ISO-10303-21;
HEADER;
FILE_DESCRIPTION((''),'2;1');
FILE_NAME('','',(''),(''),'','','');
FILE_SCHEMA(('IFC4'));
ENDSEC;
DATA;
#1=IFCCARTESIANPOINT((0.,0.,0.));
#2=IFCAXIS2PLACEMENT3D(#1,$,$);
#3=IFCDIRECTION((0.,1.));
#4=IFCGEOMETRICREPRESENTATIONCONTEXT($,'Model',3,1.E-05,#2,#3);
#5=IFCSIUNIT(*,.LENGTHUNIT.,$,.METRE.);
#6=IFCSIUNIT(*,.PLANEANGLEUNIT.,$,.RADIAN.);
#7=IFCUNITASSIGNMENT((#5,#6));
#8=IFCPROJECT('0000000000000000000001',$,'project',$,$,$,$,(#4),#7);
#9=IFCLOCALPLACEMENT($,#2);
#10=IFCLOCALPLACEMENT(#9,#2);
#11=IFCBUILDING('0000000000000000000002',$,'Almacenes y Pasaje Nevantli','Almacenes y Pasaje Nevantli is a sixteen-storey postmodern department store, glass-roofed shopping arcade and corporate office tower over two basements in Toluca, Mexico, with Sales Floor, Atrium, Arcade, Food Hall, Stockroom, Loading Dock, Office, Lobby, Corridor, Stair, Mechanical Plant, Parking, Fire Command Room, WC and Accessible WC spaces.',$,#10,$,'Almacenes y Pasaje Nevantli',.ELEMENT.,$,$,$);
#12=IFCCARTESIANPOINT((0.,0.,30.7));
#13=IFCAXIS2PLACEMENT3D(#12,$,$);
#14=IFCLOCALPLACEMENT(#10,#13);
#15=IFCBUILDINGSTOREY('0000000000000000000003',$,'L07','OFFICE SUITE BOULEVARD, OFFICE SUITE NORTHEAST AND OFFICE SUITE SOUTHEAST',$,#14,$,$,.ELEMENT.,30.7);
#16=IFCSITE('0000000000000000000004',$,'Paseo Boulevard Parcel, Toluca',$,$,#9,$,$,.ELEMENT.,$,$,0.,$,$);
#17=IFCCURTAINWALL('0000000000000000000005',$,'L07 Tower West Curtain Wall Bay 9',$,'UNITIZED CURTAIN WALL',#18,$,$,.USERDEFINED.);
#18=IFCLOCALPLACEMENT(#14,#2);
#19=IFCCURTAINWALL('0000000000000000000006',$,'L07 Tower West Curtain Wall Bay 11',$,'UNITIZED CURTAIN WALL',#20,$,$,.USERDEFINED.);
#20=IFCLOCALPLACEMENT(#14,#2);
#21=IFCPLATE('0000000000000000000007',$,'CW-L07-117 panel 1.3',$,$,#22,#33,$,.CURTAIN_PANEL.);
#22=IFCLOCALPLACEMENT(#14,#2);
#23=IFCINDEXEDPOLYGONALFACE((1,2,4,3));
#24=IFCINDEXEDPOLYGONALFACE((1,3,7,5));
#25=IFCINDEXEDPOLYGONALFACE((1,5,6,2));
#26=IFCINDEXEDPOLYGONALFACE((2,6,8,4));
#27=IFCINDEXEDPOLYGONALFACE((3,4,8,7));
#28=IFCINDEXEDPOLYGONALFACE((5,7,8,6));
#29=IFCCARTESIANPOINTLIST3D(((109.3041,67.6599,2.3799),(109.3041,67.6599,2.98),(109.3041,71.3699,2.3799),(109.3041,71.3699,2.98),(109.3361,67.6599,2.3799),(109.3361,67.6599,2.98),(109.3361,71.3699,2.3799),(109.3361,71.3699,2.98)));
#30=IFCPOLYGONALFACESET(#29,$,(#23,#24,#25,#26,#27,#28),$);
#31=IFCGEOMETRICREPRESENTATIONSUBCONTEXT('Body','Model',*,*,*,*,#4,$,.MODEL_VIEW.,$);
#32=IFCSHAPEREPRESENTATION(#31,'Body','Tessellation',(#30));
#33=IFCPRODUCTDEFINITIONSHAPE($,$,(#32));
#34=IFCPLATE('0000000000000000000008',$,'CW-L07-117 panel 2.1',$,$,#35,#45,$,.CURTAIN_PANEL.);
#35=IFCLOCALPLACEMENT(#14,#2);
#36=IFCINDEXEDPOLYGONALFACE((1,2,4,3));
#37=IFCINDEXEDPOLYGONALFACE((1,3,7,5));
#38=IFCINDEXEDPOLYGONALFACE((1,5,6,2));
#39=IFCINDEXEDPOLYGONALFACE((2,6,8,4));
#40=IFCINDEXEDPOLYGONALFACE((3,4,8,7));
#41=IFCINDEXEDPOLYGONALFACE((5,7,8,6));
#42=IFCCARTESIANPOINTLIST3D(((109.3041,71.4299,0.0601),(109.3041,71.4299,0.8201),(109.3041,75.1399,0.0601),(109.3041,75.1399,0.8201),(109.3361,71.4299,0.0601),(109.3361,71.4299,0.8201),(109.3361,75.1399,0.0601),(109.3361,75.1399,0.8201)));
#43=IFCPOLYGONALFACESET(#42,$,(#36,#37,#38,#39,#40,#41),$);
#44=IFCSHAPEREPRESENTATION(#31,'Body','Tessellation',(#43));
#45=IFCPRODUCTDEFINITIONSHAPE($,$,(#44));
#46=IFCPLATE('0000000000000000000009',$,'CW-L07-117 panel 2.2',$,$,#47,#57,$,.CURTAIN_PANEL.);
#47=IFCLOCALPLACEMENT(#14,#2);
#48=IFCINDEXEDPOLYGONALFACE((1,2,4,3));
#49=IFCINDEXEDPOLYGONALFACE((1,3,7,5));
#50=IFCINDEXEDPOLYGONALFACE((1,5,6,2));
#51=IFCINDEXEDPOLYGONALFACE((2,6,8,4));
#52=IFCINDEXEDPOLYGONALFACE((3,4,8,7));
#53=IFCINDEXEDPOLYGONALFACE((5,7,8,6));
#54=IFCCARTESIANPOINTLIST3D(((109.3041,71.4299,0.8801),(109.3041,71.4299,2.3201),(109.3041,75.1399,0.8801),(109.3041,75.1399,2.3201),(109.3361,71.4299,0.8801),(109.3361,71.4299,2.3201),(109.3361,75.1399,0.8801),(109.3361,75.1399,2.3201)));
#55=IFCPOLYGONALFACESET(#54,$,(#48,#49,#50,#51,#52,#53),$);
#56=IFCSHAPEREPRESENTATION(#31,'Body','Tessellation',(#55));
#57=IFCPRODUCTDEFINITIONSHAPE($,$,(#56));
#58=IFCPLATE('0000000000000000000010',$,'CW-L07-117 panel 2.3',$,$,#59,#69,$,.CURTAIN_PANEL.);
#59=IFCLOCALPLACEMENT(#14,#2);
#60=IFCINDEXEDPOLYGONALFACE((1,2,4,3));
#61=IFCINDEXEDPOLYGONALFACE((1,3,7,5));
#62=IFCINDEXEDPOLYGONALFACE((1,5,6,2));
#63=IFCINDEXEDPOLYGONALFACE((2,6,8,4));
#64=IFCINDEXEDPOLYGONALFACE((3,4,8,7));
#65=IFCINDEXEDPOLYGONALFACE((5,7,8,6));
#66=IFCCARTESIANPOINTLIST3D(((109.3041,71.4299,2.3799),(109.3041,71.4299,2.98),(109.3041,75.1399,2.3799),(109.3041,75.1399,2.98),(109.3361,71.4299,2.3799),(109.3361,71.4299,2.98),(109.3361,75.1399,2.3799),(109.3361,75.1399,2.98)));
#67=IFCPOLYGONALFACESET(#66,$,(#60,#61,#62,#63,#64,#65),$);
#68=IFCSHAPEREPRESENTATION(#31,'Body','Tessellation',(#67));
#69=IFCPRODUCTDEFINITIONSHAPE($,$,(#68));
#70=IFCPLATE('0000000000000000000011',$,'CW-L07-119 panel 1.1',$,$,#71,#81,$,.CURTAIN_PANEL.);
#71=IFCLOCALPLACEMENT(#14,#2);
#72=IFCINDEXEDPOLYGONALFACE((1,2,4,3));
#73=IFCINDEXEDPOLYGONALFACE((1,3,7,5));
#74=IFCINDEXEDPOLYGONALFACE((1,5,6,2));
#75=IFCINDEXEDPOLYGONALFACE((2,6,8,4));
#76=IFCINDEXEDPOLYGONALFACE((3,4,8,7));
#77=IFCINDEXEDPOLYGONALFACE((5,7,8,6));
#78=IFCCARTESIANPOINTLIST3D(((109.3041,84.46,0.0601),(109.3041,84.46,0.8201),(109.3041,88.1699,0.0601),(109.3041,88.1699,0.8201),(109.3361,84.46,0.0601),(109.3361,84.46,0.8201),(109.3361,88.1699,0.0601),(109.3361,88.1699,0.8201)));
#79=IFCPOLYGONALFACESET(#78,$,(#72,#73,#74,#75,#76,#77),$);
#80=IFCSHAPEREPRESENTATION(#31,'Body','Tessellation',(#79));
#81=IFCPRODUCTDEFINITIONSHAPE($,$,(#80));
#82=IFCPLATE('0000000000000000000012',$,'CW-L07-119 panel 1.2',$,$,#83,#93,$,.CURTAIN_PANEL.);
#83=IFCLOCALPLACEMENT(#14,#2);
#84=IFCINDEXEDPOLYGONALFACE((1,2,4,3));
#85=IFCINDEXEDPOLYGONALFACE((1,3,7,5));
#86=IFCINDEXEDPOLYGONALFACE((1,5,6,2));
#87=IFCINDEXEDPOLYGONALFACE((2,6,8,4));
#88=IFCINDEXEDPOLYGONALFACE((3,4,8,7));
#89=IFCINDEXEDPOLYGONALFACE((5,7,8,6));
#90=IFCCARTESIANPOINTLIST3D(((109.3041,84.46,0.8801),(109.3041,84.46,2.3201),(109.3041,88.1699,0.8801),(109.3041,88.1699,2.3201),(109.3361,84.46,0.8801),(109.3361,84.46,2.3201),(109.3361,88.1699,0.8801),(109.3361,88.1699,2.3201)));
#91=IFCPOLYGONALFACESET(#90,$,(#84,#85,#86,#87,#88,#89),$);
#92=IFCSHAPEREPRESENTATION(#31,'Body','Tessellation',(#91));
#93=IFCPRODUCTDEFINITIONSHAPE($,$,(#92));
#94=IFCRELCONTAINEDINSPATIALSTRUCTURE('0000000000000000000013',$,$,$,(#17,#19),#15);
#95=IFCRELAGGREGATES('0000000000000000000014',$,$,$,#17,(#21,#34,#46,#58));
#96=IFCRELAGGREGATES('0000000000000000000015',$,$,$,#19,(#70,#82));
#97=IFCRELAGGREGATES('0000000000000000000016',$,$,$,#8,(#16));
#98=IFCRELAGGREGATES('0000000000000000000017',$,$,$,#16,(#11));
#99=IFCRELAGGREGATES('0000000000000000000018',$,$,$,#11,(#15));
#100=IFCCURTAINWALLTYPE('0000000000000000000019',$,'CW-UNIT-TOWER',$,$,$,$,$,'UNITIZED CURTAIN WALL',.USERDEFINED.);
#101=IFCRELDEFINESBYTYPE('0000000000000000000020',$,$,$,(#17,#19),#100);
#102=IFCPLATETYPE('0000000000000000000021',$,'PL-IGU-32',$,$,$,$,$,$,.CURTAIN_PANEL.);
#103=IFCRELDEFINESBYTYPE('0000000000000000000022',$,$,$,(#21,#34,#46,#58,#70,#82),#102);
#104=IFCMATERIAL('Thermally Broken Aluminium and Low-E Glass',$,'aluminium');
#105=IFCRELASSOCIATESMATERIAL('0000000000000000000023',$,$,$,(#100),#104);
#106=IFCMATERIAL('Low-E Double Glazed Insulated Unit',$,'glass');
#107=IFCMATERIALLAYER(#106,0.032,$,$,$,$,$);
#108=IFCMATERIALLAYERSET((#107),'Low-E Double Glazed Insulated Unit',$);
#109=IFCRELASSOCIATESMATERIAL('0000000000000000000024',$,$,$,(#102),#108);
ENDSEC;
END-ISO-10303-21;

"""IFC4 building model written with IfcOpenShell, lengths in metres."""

from ifc_helpers import new_model, si_unit, direction, frame, origin, origin_2d, place, context, subcontext, project, spatial, rectangle, extrude, material, layer, layer_set, type_object, element, aggregate, save


model = new_model("IFC4")

# Units and contexts
model_context = context("Model", 3, precision=1e-05, world=origin(), true_north=direction((0.0, 1.0)))
body_context = subcontext(model_context, "Body", "Model", "MODEL_VIEW")
ifc_project = project(units=[si_unit("LENGTHUNIT", "METRE"), si_unit("PLANEANGLEUNIT", "RADIAN")], contexts=[model_context])

# Site, building, storey
site_placement = place(None, origin())
site = spatial("IfcSite", under=ifc_project, at=site_placement, Name="Paseo Boulevard Parcel, Toluca", CompositionType="ELEMENT", RefElevation=0.0)
building_placement = place(site_placement, origin())
building = spatial("IfcBuilding", under=site, at=building_placement, Name="Almacenes y Pasaje Nevantli", Description="Almacenes y Pasaje Nevantli is a sixteen-storey postmodern department store, glass-roofed shopping arcade and corporate office tower over two basements in Toluca, Mexico, with Sales Floor, Atrium, Arcade, Food Hall, Stockroom, Loading Dock, Office, Lobby, Corridor, Stair, Mechanical Plant, Parking, Fire Command Room, WC and Accessible WC spaces.", LongName="Almacenes y Pasaje Nevantli", CompositionType="ELEMENT")
storey_placement = place(building_placement, frame((0.0, 0.0, 30.7)))
storey = spatial("IfcBuildingStorey", under=building, at=storey_placement, Name="L07", Description="OFFICE SUITE BOULEVARD, OFFICE SUITE NORTHEAST AND OFFICE SUITE SOUTHEAST", CompositionType="ELEMENT", Elevation=30.7)

# Curtain walls
ifc_material_1 = material(Name="Thermally Broken Aluminium and Low-E Glass", Category="aluminium")
curtain_wall_type = type_object("IfcCurtainWallType", Name="CW-UNIT-TOWER", ElementType="UNITIZED CURTAIN WALL", PredefinedType="USERDEFINED", material=ifc_material_1)
curtain_wall_1_placement = place(storey_placement, origin())
curtain_wall_1 = element("IfcCurtainWall", 1, at=curtain_wall_1_placement, inside=storey, type_object=curtain_wall_type, Name="L07 Tower West Curtain Wall Bay 9", ObjectType="UNITIZED CURTAIN WALL", PredefinedType="USERDEFINED")
curtain_wall_2_placement = place(storey_placement, origin())
curtain_wall_2 = element("IfcCurtainWall", 2, at=curtain_wall_2_placement, inside=storey, type_object=curtain_wall_type, Name="L07 Tower West Curtain Wall Bay 11", ObjectType="UNITIZED CURTAIN WALL", PredefinedType="USERDEFINED")

# Plates
ifc_material_2 = material(Name="Low-E Double Glazed Insulated Unit", Category="glass")
ifc_layer = layer(ifc_material_2, 0.032)
ifc_layer_set = layer_set([ifc_layer], Name="Low-E Double Glazed Insulated Unit")
plate_type = type_object("IfcPlateType", Name="PL-IGU-32", PredefinedType="CURTAIN_PANEL", material=ifc_layer_set)
plate_1_placement = place(storey_placement, frame((109.3201, 69.5149, 2.3799), z_axis=(0.0, 0.0, 1.0), x_axis=(0.0, 1.0, 0.0)))
plate_1 = element("IfcPlate", 3, at=plate_1_placement, type_object=plate_type, Name="CW-L07-117 panel 1.3", PredefinedType="CURTAIN_PANEL", context=body_context, shape_type="SweptSolid", body=[
    extrude(rectangle(XDim=3.71, YDim=0.032, at=origin_2d()), origin(), (0.0, 0.0, 1.0), 0.6001),
])
plate_2_placement = place(storey_placement, frame((109.3201, 73.2849, 0.0601), z_axis=(0.0, 0.0, 1.0), x_axis=(0.0, 1.0, 0.0)))
plate_2 = element("IfcPlate", 4, at=plate_2_placement, type_object=plate_type, Name="CW-L07-117 panel 2.1", PredefinedType="CURTAIN_PANEL", context=body_context, shape_type="SweptSolid", body=[
    extrude(rectangle(XDim=3.71, YDim=0.032, at=origin_2d()), origin(), (0.0, 0.0, 1.0), 0.76),
])
plate_3_placement = place(storey_placement, frame((109.3201, 73.2849, 0.8801), z_axis=(0.0, 0.0, 1.0), x_axis=(0.0, 1.0, 0.0)))
plate_3 = element("IfcPlate", 5, at=plate_3_placement, type_object=plate_type, Name="CW-L07-117 panel 2.2", PredefinedType="CURTAIN_PANEL", context=body_context, shape_type="SweptSolid", body=[
    extrude(rectangle(XDim=3.71, YDim=0.032, at=origin_2d()), origin(), (0.0, 0.0, 1.0), 1.4399),
])
plate_4_placement = place(storey_placement, frame((109.3201, 73.2849, 2.3799), z_axis=(0.0, 0.0, 1.0), x_axis=(0.0, 1.0, 0.0)))
plate_4 = element("IfcPlate", 6, at=plate_4_placement, type_object=plate_type, Name="CW-L07-117 panel 2.3", PredefinedType="CURTAIN_PANEL", context=body_context, shape_type="SweptSolid", body=[
    extrude(rectangle(XDim=3.71, YDim=0.032, at=origin_2d()), origin(), (0.0, 0.0, 1.0), 0.6001),
])
aggregate(curtain_wall_1, [plate_1, plate_2, plate_3, plate_4])
plate_5_placement = place(storey_placement, frame((109.3201, 86.3149, 0.0601), z_axis=(0.0, 0.0, 1.0), x_axis=(0.0, 1.0, 0.0)))
plate_5 = element("IfcPlate", 7, at=plate_5_placement, type_object=plate_type, Name="CW-L07-119 panel 1.1", PredefinedType="CURTAIN_PANEL", context=body_context, shape_type="SweptSolid", body=[
    extrude(rectangle(XDim=3.71, YDim=0.032, at=origin_2d()), origin(), (0.0, 0.0, 1.0), 0.76),
])
plate_6_placement = place(storey_placement, frame((109.3201, 86.3149, 0.8801), z_axis=(0.0, 0.0, 1.0), x_axis=(0.0, 1.0, 0.0)))
plate_6 = element("IfcPlate", 8, at=plate_6_placement, type_object=plate_type, Name="CW-L07-119 panel 1.2", PredefinedType="CURTAIN_PANEL", context=body_context, shape_type="SweptSolid", body=[
    extrude(rectangle(XDim=3.71, YDim=0.032, at=origin_2d()), origin(), (0.0, 0.0, 1.0), 1.4399),
])
aggregate(curtain_wall_2, [plate_5, plate_6])

save(model, "model.ifc")
